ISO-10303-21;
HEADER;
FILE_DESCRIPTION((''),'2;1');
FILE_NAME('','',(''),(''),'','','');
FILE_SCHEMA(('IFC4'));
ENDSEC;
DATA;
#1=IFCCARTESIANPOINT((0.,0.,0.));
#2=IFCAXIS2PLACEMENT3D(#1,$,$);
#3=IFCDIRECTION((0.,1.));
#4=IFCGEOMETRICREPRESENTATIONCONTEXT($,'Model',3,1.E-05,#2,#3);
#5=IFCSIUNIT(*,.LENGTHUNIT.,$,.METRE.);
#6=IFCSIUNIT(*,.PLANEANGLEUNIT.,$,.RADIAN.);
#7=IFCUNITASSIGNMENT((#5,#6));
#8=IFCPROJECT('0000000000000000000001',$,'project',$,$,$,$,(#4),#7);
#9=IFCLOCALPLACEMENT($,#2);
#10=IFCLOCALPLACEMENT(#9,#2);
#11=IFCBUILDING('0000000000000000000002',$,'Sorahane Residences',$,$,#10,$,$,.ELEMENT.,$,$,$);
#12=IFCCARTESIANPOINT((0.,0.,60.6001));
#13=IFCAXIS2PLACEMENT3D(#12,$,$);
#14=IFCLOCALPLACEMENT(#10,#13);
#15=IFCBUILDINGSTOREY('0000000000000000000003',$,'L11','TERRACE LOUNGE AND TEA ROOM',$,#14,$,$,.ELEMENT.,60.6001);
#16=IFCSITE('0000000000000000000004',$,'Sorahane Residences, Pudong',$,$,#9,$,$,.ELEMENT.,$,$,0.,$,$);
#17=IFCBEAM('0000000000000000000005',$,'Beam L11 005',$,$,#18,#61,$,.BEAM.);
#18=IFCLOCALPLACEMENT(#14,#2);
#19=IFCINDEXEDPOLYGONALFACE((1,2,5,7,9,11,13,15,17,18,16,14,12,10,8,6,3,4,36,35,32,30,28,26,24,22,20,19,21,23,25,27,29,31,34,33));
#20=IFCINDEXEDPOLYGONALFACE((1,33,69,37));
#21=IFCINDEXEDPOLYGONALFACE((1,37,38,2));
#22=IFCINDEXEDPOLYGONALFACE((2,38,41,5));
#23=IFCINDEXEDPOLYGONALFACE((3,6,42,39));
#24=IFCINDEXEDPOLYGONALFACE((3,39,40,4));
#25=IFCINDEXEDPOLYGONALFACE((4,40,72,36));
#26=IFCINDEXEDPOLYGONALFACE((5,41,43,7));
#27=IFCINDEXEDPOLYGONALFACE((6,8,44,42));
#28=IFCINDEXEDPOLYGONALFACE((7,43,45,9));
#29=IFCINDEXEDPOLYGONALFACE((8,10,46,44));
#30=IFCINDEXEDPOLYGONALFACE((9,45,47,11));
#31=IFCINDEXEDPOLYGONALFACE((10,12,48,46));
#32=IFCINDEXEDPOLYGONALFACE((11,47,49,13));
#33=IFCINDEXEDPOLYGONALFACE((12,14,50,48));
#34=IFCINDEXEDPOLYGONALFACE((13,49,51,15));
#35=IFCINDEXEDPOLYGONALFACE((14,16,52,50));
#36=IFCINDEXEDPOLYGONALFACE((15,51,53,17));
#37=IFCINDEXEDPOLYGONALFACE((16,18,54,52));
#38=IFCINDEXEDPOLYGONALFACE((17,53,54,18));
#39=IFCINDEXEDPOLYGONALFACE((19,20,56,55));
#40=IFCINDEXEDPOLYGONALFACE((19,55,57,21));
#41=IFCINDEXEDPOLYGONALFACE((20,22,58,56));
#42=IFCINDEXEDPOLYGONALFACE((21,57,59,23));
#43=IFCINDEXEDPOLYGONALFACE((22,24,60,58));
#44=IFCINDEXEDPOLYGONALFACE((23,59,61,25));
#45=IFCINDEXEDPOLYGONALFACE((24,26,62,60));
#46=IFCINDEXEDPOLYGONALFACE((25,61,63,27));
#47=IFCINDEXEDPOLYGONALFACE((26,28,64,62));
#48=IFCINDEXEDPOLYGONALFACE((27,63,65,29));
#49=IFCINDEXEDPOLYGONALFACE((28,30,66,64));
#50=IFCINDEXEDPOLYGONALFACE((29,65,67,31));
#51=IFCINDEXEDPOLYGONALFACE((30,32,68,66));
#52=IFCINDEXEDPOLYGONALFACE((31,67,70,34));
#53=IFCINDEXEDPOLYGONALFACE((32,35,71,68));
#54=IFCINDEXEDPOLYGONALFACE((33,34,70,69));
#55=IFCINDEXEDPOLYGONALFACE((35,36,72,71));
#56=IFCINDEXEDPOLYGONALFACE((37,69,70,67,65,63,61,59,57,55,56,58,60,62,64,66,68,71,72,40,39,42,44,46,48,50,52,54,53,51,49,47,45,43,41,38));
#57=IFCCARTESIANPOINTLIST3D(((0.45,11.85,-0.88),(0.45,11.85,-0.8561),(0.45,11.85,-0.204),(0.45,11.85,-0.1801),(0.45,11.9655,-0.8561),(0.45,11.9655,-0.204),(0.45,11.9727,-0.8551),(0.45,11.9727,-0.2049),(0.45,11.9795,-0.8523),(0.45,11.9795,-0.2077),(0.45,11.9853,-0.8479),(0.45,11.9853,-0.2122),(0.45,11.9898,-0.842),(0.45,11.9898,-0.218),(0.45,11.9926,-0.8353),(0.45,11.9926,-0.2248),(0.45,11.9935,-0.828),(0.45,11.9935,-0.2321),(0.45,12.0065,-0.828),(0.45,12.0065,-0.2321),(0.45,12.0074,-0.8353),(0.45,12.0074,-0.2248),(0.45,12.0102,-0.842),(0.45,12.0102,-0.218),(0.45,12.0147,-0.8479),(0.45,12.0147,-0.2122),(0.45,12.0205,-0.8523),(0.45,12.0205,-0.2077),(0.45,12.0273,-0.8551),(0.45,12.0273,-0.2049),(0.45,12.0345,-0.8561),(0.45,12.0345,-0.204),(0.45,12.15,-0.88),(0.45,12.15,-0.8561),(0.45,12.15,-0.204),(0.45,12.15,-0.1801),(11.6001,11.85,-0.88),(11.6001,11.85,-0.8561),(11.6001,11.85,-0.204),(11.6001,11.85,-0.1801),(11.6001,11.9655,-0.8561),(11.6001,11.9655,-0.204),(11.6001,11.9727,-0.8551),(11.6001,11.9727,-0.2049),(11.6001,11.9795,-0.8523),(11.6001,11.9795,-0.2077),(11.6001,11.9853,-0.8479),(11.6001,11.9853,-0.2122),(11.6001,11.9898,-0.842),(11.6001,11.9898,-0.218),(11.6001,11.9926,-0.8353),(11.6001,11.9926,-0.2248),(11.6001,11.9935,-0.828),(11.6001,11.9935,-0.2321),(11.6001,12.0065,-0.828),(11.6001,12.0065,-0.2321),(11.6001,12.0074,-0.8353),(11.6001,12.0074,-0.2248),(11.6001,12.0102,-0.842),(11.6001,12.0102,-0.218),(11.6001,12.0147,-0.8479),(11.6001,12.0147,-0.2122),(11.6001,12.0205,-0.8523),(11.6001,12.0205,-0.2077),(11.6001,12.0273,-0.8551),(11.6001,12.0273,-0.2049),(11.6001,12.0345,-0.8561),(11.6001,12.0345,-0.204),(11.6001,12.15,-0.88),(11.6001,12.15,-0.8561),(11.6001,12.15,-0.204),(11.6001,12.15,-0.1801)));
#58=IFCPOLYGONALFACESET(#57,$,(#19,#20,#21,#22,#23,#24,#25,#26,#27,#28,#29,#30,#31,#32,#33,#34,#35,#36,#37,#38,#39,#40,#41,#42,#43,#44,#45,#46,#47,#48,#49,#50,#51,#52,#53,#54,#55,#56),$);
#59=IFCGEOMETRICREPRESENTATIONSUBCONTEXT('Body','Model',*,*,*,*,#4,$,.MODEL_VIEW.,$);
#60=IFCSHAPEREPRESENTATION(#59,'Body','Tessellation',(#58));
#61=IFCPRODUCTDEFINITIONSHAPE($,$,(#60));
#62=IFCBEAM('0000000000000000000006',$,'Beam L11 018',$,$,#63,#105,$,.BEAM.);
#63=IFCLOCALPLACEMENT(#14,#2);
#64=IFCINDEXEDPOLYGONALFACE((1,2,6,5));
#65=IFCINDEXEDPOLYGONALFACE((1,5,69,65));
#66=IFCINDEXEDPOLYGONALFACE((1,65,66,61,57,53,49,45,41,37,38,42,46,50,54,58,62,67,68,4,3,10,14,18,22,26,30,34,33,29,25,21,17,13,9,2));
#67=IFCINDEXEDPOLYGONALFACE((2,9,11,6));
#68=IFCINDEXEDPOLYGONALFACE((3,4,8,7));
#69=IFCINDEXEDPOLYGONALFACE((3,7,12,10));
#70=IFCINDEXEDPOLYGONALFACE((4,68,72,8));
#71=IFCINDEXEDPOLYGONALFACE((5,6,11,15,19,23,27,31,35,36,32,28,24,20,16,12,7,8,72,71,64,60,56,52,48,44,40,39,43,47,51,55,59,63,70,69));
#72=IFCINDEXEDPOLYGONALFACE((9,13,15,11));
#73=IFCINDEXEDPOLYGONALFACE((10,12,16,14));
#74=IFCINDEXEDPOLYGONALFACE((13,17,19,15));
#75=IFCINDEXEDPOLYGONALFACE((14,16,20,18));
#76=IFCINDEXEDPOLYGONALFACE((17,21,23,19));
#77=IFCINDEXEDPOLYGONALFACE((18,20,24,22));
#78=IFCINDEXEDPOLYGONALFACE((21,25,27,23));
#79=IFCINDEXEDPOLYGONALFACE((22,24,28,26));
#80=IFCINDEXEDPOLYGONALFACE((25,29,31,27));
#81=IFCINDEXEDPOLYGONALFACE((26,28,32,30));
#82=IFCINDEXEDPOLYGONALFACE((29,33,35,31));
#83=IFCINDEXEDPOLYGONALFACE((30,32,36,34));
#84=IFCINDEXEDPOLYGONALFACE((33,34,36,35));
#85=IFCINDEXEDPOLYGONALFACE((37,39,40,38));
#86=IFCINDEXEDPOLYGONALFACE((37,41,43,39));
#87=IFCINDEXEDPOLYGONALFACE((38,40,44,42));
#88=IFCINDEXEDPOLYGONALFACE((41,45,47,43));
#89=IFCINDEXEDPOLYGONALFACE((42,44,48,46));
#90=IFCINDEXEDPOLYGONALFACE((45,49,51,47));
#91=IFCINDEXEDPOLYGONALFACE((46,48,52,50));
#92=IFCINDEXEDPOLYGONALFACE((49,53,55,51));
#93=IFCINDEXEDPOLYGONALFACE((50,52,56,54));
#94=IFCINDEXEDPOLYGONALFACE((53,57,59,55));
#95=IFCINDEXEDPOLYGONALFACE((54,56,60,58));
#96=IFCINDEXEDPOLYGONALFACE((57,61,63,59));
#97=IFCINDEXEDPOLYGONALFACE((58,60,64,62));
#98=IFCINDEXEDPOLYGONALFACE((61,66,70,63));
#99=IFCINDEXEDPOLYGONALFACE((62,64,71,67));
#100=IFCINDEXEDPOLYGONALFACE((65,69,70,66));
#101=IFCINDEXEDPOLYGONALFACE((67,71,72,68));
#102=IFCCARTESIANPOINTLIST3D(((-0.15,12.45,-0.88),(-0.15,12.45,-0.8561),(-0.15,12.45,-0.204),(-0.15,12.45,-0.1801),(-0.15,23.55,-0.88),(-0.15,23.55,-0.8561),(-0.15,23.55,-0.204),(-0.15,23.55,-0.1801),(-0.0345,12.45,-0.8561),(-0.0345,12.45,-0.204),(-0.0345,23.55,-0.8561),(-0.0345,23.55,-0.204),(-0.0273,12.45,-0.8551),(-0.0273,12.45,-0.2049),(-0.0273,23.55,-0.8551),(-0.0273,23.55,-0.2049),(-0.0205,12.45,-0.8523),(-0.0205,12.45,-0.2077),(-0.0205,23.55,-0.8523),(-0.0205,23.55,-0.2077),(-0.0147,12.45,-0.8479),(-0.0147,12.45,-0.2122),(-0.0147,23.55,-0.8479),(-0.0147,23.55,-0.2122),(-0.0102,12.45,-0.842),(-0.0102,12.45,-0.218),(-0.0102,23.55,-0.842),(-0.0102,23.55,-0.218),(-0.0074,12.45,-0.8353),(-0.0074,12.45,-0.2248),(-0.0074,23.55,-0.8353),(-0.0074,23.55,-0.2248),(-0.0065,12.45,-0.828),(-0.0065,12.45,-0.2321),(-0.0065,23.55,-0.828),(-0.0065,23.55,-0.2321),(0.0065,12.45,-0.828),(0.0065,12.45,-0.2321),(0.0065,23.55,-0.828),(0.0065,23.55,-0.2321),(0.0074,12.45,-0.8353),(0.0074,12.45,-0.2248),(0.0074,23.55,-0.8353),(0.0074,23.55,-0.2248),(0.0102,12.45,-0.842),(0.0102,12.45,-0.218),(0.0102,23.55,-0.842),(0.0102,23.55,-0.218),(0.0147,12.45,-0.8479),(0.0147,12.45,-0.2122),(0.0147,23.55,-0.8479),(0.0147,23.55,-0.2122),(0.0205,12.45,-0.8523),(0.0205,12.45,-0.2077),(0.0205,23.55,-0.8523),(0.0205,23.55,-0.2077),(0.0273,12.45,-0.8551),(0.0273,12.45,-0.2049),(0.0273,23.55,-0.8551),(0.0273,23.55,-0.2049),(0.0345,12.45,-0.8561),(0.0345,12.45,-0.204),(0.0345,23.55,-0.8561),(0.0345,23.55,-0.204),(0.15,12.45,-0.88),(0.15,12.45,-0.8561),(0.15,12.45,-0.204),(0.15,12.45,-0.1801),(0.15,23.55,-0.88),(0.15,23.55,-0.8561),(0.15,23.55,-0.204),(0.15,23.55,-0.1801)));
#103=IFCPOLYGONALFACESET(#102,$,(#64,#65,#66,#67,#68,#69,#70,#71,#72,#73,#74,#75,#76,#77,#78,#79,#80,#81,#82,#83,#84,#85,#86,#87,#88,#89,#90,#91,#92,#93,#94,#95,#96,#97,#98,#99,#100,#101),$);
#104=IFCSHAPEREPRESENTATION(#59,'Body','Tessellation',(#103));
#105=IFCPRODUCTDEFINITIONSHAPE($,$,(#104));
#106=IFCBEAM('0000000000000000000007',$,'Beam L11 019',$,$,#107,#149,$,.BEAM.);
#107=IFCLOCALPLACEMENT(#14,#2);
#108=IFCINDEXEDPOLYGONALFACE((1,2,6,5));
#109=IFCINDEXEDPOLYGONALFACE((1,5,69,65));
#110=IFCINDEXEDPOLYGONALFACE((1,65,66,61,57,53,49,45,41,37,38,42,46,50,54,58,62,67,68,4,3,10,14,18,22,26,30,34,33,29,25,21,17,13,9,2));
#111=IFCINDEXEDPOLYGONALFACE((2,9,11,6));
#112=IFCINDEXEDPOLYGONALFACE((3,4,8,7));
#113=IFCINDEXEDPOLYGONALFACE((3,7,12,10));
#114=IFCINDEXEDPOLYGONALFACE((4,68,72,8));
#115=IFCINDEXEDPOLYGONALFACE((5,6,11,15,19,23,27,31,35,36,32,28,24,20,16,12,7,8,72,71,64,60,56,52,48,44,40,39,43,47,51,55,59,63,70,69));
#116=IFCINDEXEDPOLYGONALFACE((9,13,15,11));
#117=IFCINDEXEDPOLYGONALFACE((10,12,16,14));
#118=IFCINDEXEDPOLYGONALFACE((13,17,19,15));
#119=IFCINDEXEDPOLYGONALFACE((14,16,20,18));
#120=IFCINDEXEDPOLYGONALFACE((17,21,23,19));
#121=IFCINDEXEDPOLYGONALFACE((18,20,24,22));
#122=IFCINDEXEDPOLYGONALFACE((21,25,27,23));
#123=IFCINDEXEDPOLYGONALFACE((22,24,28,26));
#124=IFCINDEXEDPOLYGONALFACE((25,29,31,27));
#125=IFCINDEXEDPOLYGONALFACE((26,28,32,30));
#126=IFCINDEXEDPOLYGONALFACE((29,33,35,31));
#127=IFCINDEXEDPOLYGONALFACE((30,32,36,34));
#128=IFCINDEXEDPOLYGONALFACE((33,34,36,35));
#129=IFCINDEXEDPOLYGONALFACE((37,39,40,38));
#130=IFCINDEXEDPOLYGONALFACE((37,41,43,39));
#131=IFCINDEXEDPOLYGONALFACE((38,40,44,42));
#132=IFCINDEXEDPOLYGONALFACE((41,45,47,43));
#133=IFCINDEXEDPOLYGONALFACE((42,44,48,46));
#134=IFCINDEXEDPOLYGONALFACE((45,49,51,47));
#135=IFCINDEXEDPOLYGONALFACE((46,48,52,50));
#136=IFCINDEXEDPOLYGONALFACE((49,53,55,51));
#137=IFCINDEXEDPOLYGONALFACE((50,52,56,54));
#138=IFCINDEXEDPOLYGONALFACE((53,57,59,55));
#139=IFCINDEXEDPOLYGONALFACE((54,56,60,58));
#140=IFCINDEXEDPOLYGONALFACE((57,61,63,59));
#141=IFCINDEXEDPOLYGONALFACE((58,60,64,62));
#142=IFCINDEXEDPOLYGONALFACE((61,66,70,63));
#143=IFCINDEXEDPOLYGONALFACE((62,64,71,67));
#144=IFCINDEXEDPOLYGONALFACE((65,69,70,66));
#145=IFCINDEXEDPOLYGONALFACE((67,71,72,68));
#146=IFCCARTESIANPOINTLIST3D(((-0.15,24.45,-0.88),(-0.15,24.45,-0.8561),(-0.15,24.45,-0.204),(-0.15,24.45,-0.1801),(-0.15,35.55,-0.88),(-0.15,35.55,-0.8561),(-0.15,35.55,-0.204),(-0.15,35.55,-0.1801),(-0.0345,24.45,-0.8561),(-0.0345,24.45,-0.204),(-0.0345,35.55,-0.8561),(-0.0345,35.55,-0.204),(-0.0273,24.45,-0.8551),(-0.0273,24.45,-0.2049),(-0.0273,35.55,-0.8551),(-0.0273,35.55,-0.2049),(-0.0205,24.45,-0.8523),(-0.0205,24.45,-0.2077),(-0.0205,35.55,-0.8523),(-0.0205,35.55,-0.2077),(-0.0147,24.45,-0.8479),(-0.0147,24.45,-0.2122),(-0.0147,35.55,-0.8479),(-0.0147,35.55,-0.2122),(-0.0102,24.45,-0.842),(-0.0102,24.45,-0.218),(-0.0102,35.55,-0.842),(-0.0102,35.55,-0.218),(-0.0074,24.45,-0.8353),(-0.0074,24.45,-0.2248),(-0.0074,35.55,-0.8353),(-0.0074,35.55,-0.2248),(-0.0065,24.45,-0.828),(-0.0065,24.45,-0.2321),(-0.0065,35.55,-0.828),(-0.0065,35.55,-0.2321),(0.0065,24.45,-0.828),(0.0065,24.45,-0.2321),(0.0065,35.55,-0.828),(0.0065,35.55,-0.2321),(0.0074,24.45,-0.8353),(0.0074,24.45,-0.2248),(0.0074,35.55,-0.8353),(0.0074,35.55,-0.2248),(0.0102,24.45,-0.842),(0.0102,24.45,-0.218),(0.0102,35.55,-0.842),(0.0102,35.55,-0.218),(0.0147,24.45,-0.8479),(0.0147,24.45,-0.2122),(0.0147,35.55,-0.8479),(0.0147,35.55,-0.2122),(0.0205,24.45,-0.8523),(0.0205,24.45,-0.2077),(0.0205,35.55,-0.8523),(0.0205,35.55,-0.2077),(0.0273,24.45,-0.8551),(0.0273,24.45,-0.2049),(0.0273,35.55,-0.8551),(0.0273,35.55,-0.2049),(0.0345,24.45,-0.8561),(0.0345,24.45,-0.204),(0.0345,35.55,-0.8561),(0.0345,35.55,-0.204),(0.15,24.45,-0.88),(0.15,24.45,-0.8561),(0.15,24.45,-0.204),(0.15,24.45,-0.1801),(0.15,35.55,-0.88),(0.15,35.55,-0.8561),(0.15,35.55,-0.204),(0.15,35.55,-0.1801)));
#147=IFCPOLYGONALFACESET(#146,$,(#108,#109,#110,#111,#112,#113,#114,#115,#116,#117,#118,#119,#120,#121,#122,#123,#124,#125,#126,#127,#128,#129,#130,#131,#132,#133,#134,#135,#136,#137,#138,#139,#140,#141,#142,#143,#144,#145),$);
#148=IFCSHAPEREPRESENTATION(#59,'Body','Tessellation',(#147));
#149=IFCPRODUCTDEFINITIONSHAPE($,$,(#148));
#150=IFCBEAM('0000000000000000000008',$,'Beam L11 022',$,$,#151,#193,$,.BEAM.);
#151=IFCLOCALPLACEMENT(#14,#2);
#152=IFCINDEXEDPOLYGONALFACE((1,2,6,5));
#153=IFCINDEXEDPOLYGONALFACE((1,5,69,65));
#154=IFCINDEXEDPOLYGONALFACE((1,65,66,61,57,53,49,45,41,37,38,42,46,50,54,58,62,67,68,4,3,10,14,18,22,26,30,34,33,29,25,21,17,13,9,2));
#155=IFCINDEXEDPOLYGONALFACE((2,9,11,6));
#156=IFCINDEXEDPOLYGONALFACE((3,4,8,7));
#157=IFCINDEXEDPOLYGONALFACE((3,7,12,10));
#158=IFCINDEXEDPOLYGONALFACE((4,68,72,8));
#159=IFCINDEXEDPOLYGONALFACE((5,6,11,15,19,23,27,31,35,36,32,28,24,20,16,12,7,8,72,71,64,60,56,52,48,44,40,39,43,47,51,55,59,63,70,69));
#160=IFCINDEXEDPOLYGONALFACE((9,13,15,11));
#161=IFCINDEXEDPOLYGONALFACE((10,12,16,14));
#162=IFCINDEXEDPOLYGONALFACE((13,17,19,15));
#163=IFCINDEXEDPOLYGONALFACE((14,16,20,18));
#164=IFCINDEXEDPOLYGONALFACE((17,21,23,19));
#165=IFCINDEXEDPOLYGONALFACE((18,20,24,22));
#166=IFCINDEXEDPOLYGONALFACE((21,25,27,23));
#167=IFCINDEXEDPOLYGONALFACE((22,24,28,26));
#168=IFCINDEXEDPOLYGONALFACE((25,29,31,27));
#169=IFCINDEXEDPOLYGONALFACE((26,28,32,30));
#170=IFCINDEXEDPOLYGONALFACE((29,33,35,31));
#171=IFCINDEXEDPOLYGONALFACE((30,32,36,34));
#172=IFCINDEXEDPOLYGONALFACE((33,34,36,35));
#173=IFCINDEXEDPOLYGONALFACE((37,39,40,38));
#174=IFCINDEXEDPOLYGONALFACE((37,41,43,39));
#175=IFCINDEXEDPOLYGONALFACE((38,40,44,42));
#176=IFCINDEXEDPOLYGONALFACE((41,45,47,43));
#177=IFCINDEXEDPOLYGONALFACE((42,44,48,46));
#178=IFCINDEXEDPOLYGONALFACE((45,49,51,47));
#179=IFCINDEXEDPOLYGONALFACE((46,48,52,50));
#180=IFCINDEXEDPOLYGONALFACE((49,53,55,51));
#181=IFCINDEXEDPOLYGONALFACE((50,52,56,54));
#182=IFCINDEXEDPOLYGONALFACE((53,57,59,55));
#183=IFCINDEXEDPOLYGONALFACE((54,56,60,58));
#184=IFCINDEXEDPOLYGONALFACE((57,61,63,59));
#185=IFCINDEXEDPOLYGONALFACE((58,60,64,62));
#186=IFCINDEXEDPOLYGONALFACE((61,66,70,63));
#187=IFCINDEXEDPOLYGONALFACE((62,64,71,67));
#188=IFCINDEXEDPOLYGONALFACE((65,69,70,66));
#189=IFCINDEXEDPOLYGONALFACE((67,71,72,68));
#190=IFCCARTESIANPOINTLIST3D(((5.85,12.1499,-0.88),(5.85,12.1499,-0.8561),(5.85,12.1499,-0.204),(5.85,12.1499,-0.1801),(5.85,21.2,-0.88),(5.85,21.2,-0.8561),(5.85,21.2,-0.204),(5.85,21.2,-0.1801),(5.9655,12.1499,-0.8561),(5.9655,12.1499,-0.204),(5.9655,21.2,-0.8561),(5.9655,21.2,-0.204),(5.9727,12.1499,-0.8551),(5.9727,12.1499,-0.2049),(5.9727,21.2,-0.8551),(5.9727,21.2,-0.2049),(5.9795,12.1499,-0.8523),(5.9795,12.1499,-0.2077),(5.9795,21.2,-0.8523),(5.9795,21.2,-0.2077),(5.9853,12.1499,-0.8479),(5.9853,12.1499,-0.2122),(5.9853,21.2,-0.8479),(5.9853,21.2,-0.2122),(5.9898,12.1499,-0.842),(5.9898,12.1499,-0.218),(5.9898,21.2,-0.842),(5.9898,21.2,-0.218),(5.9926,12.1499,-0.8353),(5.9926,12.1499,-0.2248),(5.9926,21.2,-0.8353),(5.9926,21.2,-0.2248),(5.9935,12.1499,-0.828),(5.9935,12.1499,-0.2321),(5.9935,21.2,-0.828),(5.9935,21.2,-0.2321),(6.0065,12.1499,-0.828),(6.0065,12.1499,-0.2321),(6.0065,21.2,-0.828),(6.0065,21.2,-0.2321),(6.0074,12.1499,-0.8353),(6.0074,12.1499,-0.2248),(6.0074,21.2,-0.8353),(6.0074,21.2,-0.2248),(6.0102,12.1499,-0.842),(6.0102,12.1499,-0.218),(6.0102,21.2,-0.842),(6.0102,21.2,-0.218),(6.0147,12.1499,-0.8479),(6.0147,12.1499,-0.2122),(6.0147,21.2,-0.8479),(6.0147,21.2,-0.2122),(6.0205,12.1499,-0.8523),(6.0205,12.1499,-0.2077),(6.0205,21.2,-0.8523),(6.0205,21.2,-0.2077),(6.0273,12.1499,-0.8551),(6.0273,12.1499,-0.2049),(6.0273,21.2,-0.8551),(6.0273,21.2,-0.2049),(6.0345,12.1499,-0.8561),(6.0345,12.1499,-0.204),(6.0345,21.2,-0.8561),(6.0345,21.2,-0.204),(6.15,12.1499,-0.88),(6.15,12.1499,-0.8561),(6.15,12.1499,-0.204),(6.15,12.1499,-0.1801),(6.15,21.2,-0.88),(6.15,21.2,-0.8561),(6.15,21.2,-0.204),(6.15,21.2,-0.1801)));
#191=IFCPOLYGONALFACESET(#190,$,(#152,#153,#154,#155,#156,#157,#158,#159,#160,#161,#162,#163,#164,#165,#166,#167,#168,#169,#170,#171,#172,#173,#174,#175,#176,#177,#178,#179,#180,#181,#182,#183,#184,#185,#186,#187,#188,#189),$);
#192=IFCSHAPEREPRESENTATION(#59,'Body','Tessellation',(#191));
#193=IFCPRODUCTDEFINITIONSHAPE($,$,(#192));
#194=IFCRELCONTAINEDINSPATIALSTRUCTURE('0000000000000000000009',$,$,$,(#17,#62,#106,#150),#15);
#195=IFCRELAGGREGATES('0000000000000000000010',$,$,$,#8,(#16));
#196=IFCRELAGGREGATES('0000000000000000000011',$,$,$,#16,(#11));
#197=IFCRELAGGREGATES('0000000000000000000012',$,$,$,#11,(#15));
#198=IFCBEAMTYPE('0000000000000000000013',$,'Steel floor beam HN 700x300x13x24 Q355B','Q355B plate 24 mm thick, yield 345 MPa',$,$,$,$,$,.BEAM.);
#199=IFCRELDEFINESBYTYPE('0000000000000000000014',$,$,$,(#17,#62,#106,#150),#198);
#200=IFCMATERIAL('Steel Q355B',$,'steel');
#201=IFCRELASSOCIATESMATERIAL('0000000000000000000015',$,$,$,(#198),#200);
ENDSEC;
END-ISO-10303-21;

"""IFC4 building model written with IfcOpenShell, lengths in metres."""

from ifc_helpers import new_model, si_unit, direction, frame, origin, origin_2d, place, context, subcontext, project, spatial, i_section, extrude, material, material_profile, profile_set, type_object, element, save


model = new_model("IFC4")

# Units and contexts
model_context = context("Model", 3, precision=1e-05, world=origin(), true_north=direction((0.0, 1.0)))
body_context = subcontext(model_context, "Body", "Model", "MODEL_VIEW")
ifc_project = project(units=[si_unit("LENGTHUNIT", "METRE"), si_unit("PLANEANGLEUNIT", "RADIAN")], contexts=[model_context])

# Site, building, storey
site_placement = place(None, origin())
site = spatial("IfcSite", under=ifc_project, at=site_placement, Name="Sorahane Residences, Pudong", CompositionType="ELEMENT", RefElevation=0.0)
building_placement = place(site_placement, origin())
building = spatial("IfcBuilding", under=site, at=building_placement, Name="Sorahane Residences", CompositionType="ELEMENT")
storey_placement = place(building_placement, frame((0.0, 0.0, 60.6001)))
storey = spatial("IfcBuildingStorey", under=building, at=storey_placement, Name="L11", Description="TERRACE LOUNGE AND TEA ROOM", CompositionType="ELEMENT", Elevation=60.6001)

# Beams
ifc_material_1 = material(Name="Steel Q355B", Category="steel")
ifc_material_profile_1 = material_profile(ifc_material_1, i_section(OverallWidth=0.3, OverallDepth=0.7, WebThickness=0.0129, FlangeThickness=0.0239, FilletRadius=0.0281, at=origin_2d()), Name="HN 700x300x13x24")
ifc_profile_set_1 = profile_set([ifc_material_profile_1], Name="Steel Q355B")
beam_type_1 = type_object("IfcBeamType", Name="Steel floor beam HN 700x300x13x24 Q355B", Description="Q355B plate 24 mm thick, yield 345 MPa", PredefinedType="BEAM", material=ifc_profile_set_1)
beam_1_placement = place(storey_placement, frame((0.45, 12.0, -0.53), z_axis=(1.0, 0.0, 0.0), x_axis=(0.0, 1.0, 0.0)))
element("IfcBeam", 1, at=beam_1_placement, inside=storey, type_object=beam_type_1, Name="Beam L11 005", PredefinedType="BEAM", context=body_context, shape_type="SweptSolid", body=[
    extrude(i_section(OverallWidth=0.3, OverallDepth=0.7, WebThickness=0.0129, FlangeThickness=0.0239, FilletRadius=0.0281, at=origin_2d()), origin(), (0.0, 0.0, 1.0), 11.1501),
])
for number, where, z_axis, x_axis, name in (
    (2, (0.0, 12.45, -0.53), (0.0, 1.0, 0.0), (-1.0, 0.0, 0.0), "Beam L11 018"),
    (3, (0.0, 24.45, -0.53), (0.0, 1.0, 0.0), (-1.0, 0.0, 0.0), "Beam L11 019"),
):
    element("IfcBeam", number, at=place(storey_placement, frame(where, z_axis=z_axis, x_axis=x_axis)), inside=storey, type_object=beam_type_1, Name=name, PredefinedType="BEAM", context=body_context, shape_type="SweptSolid", body=[
        extrude(i_section(OverallWidth=0.3, OverallDepth=0.7, WebThickness=0.0129, FlangeThickness=0.0239, FilletRadius=0.0281, at=origin_2d()), origin(), (0.0, 0.0, 1.0), 11.1001),
    ])
beam_2_placement = place(storey_placement, frame((6.0, 12.1499, -0.53), z_axis=(0.0, 1.0, 0.0), x_axis=(-1.0, 0.0, 0.0)))
element("IfcBeam", 4, at=beam_2_placement, inside=storey, type_object=beam_type_1, Name="Beam L11 022", PredefinedType="BEAM", context=body_context, shape_type="SweptSolid", body=[
    extrude(i_section(OverallWidth=0.3, OverallDepth=0.7, WebThickness=0.0129, FlangeThickness=0.0239, FilletRadius=0.0281, at=origin_2d()), origin(), (0.0, 0.0, 1.0), 9.05),
])

save(model, "model.ifc")
